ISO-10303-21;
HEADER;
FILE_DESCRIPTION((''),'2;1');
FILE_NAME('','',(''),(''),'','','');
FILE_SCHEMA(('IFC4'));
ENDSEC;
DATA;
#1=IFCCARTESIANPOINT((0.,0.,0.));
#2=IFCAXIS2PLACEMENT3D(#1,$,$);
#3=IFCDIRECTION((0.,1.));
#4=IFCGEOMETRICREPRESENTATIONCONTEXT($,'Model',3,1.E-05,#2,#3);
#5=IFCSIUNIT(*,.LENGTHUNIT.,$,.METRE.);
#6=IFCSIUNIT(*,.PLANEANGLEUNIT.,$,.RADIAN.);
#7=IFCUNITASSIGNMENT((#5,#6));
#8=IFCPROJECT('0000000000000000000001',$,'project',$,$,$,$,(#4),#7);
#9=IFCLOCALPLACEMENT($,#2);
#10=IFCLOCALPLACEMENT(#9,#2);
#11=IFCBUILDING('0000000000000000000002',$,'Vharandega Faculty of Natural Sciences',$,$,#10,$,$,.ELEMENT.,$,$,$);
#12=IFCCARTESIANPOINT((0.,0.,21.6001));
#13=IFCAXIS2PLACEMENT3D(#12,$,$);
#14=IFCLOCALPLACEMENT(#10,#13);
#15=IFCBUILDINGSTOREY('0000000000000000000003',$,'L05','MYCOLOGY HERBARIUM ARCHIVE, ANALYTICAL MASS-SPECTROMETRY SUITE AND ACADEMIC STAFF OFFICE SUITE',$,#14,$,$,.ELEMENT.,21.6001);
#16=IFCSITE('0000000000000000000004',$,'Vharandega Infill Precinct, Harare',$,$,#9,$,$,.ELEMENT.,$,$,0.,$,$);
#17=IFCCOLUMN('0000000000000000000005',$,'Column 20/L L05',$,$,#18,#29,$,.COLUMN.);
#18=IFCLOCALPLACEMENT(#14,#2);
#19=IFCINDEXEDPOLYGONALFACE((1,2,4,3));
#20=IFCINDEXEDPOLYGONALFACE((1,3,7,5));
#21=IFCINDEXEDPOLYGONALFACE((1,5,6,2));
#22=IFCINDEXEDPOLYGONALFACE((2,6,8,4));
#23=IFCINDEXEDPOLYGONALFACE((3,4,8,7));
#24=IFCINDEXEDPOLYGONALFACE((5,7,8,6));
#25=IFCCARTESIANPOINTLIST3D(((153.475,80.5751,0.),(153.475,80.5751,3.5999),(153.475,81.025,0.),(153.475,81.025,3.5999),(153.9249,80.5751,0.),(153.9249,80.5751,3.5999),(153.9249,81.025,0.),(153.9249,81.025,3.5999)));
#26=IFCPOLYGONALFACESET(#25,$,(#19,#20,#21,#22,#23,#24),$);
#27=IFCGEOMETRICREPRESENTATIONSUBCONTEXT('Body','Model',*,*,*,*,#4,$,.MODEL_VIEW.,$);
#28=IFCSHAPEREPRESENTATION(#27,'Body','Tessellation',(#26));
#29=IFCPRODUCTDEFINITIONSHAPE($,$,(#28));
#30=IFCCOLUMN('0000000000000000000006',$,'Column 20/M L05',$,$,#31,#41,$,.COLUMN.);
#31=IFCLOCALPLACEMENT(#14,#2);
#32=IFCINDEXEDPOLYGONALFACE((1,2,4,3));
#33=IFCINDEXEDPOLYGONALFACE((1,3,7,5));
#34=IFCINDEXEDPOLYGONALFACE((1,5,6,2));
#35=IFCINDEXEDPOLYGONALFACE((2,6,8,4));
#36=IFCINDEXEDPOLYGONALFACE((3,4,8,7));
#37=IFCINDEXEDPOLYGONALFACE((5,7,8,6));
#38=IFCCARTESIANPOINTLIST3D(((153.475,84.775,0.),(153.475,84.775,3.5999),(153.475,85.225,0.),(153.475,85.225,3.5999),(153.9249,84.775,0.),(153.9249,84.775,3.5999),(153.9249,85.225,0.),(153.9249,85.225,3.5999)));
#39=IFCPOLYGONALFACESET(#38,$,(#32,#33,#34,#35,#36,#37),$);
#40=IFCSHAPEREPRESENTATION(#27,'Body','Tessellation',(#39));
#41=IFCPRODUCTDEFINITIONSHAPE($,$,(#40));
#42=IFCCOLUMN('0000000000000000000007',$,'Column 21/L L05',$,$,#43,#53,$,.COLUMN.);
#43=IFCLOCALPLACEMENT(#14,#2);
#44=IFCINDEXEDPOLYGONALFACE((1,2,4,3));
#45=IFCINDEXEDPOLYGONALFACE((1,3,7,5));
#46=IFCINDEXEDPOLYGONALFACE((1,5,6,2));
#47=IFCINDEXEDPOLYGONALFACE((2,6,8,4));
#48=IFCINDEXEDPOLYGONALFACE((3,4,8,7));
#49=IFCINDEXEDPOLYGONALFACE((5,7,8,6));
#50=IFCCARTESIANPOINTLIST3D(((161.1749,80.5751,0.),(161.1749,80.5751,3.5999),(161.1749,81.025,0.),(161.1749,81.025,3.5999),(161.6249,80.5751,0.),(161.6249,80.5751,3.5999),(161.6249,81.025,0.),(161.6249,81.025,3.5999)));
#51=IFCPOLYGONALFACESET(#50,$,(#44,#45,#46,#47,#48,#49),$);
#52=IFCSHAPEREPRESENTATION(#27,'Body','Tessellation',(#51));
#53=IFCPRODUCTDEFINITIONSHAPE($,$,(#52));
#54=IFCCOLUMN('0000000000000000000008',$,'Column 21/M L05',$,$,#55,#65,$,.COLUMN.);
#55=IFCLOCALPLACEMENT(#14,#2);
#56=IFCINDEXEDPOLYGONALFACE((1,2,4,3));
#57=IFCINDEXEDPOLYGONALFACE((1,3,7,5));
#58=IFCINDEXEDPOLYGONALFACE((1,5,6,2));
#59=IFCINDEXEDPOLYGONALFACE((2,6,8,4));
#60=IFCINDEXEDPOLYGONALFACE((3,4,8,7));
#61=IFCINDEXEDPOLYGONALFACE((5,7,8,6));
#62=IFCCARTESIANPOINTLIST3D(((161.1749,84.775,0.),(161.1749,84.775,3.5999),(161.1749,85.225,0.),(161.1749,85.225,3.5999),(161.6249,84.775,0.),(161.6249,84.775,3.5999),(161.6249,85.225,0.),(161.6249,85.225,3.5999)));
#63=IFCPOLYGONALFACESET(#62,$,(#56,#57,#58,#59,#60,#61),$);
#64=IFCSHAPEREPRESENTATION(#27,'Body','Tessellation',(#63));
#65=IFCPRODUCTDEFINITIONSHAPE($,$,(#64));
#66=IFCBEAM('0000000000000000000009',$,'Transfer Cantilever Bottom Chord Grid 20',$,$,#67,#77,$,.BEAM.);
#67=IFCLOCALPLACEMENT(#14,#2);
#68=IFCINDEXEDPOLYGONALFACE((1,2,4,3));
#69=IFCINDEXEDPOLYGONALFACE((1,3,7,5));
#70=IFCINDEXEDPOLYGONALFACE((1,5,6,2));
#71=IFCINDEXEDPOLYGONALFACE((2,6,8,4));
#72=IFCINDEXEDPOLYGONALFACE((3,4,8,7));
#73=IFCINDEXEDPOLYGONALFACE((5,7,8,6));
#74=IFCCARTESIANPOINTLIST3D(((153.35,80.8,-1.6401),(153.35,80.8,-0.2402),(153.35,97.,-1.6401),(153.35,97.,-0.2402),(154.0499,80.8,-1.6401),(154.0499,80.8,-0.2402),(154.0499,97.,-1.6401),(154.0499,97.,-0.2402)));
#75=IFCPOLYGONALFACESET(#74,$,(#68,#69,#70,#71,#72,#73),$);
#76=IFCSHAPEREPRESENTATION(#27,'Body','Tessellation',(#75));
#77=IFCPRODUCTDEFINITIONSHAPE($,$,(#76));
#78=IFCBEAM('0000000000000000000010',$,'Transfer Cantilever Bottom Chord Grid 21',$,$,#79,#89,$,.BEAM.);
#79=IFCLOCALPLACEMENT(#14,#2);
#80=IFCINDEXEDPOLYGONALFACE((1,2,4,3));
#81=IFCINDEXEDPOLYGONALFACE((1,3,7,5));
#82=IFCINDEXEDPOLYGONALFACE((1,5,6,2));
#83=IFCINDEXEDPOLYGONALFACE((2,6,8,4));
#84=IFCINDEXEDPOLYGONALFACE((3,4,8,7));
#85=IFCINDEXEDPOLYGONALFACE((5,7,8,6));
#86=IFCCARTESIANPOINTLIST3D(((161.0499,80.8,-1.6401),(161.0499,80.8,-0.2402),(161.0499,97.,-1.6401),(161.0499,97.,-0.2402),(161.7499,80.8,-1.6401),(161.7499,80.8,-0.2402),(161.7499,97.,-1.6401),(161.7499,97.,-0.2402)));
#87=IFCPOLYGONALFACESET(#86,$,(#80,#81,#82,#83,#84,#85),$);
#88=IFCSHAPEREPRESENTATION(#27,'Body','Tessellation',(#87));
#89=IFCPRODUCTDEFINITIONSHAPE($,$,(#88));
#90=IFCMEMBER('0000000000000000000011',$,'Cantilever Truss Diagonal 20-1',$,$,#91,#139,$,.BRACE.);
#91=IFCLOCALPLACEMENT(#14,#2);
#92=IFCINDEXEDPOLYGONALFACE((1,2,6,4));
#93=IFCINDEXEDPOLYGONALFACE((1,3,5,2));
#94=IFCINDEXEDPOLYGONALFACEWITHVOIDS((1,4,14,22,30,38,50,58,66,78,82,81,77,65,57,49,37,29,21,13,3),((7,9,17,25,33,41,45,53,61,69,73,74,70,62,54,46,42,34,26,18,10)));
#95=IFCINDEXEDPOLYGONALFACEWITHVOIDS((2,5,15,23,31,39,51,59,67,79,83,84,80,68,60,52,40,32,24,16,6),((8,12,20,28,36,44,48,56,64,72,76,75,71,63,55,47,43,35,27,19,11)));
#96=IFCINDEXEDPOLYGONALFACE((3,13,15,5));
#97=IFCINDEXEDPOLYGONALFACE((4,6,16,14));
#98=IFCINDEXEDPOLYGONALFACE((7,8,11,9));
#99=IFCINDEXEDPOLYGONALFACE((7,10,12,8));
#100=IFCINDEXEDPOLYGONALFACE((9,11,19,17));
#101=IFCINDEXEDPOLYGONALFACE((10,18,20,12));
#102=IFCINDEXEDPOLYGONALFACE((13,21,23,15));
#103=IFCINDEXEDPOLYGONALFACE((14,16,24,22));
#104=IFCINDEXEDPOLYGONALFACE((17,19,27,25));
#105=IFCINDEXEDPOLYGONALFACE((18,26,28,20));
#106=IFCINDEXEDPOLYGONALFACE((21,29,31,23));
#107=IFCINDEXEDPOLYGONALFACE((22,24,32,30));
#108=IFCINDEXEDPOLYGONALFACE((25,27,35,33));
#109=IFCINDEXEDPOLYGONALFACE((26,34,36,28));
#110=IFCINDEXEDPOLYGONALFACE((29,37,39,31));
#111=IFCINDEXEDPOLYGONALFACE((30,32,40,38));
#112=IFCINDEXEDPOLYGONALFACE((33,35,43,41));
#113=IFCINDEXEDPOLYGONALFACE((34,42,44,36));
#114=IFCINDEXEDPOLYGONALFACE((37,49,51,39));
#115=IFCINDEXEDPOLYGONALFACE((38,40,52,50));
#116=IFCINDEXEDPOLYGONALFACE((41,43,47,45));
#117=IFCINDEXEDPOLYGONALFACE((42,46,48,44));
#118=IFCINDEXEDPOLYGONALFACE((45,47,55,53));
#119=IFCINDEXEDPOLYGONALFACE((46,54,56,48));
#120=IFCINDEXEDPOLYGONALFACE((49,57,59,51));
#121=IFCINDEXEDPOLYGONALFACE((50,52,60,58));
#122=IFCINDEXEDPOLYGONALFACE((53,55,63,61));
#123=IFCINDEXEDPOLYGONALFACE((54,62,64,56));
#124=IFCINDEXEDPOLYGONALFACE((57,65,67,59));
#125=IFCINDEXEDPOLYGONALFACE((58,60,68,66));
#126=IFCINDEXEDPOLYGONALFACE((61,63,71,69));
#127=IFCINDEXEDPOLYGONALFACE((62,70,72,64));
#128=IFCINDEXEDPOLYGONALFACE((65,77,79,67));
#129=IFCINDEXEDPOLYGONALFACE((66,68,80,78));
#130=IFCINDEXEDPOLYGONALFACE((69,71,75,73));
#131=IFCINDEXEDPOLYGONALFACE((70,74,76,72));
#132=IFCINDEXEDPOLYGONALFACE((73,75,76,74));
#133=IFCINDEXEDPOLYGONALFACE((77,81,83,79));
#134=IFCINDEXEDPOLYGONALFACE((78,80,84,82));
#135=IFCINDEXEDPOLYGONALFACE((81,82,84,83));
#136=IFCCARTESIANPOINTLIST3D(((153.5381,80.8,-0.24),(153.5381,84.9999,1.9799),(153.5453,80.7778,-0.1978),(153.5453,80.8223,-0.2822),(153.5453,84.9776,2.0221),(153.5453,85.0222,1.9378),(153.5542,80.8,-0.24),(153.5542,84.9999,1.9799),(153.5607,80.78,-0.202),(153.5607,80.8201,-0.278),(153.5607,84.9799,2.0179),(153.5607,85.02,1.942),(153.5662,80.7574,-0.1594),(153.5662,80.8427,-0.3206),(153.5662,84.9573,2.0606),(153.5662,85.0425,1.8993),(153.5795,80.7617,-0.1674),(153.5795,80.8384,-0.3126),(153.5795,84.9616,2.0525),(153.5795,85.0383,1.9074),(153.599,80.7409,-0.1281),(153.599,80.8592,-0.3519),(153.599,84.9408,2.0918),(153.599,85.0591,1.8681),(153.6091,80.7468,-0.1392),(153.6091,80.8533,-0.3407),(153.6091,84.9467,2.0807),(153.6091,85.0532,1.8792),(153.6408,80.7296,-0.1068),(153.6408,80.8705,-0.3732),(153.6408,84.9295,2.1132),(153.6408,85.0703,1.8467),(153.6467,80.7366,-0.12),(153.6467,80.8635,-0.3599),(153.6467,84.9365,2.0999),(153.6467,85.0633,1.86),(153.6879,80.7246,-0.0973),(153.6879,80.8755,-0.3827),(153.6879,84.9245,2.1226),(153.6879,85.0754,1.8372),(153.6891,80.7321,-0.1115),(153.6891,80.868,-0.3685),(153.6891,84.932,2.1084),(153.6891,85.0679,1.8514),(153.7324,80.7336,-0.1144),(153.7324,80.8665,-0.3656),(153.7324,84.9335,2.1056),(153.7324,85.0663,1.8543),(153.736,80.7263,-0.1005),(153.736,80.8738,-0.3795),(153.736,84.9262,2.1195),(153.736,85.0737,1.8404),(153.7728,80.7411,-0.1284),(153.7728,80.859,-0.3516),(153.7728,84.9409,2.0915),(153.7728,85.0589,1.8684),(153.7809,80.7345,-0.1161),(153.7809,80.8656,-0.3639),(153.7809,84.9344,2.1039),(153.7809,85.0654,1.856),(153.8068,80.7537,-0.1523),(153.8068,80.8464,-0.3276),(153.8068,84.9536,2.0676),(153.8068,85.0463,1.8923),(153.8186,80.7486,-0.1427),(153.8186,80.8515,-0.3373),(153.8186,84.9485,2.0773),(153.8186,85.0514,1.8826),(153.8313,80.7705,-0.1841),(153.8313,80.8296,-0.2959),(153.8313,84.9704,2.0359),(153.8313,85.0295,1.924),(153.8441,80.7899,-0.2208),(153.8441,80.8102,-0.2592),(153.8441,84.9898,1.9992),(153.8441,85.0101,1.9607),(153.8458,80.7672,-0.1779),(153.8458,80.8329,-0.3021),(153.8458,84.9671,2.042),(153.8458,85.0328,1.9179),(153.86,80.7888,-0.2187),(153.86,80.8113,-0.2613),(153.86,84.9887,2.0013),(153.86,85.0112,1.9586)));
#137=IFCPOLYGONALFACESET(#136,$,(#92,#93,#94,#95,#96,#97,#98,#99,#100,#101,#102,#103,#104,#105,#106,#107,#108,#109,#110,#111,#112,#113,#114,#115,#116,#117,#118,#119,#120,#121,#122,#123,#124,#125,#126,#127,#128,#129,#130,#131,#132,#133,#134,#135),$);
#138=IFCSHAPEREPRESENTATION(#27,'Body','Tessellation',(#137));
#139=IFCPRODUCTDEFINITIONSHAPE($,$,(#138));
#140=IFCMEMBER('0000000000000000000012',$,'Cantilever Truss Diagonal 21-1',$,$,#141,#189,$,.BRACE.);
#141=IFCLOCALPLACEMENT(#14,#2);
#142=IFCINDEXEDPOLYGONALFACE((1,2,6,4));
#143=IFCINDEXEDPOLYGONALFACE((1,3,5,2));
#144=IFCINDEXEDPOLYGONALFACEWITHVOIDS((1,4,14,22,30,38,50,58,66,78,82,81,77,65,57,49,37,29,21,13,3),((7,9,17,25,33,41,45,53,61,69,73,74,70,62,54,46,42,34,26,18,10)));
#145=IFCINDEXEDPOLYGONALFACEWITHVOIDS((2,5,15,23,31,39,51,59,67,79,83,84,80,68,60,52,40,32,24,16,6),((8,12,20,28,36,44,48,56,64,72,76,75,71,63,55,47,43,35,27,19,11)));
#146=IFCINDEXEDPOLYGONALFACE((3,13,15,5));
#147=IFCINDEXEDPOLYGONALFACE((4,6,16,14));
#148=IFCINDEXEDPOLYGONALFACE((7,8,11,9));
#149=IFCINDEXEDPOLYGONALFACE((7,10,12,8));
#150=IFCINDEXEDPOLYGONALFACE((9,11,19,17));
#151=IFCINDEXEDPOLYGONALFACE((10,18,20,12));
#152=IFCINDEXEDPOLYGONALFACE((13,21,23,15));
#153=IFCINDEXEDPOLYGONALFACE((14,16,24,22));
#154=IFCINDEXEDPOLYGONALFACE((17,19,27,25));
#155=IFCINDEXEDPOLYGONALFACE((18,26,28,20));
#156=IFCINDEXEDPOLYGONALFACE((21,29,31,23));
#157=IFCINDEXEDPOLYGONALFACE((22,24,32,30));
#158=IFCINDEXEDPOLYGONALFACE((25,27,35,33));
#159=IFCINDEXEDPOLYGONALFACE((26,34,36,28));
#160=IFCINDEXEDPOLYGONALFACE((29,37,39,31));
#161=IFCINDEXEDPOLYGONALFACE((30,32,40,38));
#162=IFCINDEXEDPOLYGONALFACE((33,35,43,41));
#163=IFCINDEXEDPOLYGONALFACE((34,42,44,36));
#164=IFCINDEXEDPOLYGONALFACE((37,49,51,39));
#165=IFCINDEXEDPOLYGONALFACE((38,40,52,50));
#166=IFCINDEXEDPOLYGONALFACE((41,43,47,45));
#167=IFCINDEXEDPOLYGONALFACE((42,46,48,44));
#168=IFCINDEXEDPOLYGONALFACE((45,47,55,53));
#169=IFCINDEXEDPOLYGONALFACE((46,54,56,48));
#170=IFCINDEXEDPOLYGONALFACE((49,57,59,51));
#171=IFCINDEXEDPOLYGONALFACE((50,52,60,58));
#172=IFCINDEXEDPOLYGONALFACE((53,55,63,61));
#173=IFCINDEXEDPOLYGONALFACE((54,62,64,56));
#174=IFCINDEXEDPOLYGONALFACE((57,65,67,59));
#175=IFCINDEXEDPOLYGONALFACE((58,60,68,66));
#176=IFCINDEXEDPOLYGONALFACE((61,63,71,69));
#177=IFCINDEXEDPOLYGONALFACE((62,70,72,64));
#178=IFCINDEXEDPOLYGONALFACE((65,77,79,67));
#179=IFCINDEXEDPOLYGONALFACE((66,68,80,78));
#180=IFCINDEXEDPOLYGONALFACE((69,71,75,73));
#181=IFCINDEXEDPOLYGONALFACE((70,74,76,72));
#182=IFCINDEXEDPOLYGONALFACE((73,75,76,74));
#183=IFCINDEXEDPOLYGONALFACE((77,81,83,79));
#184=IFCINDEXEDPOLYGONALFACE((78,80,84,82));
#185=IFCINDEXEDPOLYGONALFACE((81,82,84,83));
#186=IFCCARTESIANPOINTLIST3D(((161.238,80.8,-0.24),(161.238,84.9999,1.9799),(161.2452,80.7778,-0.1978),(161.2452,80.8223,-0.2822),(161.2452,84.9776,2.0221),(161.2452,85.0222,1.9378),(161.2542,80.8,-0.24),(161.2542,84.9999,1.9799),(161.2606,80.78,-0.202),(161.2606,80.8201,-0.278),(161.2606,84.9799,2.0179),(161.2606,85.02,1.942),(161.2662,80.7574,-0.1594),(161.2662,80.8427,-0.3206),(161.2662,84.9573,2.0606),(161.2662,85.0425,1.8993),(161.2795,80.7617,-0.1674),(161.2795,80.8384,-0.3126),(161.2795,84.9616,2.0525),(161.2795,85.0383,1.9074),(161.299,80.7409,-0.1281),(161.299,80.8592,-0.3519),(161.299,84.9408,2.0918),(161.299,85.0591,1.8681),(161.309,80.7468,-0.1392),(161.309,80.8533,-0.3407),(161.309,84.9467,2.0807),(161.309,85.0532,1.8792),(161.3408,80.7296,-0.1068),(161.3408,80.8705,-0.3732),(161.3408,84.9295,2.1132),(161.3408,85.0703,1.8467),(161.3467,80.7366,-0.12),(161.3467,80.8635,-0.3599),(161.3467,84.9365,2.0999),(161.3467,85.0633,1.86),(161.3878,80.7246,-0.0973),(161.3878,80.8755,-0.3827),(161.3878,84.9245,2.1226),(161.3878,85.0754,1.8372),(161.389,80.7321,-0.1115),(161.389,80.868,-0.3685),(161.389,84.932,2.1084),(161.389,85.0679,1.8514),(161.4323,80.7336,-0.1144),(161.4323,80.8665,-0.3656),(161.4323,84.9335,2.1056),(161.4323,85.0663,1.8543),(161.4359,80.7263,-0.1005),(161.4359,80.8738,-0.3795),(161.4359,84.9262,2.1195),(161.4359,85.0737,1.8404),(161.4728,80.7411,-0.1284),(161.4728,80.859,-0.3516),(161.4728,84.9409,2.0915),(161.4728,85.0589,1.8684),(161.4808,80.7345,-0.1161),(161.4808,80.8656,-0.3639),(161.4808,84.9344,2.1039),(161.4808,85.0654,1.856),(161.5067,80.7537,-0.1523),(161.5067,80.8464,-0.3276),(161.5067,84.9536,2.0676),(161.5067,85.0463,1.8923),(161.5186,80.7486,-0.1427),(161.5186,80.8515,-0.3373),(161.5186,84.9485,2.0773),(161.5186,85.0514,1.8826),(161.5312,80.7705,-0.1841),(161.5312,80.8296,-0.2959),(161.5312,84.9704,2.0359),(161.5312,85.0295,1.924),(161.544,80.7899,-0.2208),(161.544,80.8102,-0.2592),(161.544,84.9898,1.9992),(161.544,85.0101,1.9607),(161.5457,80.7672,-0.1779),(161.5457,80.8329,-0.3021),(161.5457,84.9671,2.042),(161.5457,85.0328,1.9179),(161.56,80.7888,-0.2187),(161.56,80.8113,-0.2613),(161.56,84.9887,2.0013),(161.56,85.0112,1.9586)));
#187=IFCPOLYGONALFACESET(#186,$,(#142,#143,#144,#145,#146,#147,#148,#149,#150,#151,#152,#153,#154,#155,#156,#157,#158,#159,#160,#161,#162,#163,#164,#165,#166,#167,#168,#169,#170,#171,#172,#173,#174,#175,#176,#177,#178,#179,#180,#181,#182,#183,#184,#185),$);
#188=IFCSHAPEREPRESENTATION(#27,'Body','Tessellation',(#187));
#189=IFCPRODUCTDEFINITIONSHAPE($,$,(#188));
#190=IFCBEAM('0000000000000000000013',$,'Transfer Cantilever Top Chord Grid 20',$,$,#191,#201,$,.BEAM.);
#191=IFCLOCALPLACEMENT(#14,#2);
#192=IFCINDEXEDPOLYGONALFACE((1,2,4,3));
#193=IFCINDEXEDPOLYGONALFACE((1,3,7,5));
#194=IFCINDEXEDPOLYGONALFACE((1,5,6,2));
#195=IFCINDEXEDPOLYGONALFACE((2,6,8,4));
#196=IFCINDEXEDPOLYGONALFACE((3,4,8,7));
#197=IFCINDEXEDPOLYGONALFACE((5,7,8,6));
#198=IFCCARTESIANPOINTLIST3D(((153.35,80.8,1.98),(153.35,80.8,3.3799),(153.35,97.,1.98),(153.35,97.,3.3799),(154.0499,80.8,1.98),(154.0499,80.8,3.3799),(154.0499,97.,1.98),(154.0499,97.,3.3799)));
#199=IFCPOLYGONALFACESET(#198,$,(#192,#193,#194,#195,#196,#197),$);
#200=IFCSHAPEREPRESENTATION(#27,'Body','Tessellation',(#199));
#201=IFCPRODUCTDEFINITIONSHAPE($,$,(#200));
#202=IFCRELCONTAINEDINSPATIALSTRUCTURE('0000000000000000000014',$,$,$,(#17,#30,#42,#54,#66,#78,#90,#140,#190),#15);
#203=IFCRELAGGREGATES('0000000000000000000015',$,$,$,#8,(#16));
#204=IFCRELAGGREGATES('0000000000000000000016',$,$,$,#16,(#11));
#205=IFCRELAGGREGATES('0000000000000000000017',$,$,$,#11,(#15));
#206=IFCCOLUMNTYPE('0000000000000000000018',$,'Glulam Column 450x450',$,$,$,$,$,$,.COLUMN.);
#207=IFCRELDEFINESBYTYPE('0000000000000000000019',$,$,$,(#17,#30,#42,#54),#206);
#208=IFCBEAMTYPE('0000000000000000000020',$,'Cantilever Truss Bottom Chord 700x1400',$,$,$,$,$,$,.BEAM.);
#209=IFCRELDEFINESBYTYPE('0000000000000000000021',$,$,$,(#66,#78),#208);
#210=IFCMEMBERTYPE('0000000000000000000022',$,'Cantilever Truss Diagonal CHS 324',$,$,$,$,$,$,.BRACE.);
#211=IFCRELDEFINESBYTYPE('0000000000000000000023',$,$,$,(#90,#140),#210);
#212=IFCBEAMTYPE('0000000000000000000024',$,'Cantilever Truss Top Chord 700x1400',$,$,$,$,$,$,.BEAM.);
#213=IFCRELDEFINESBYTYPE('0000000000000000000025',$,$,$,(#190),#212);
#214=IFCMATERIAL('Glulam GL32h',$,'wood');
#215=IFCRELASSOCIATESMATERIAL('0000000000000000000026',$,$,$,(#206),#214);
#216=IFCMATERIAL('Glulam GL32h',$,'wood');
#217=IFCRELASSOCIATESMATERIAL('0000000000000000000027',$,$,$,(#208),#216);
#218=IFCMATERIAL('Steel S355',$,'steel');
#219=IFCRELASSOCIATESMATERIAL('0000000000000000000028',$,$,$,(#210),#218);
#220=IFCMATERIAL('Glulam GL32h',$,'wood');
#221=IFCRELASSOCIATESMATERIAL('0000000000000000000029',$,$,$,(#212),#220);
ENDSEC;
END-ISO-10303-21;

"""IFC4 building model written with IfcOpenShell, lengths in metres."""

from ifc_helpers import new_model, si_unit, direction, frame, origin, origin_2d, place, context, subcontext, project, spatial, rectangle, hollow_circle, extrude, material, material_profile, profile_set, type_object, element, save


model = new_model("IFC4")

# Units and contexts
model_context = context("Model", 3, precision=1e-05, world=origin(), true_north=direction((0.0, 1.0)))
body_context = subcontext(model_context, "Body", "Model", "MODEL_VIEW")
ifc_project = project(units=[si_unit("LENGTHUNIT", "METRE"), si_unit("PLANEANGLEUNIT", "RADIAN")], contexts=[model_context])

# Site, building, storey
site_placement = place(None, origin())
site = spatial("IfcSite", under=ifc_project, at=site_placement, Name="Vharandega Infill Precinct, Harare", CompositionType="ELEMENT", RefElevation=0.0)
building_placement = place(site_placement, origin())
building = spatial("IfcBuilding", under=site, at=building_placement, Name="Vharandega Faculty of Natural Sciences", CompositionType="ELEMENT")
storey_placement = place(building_placement, frame((0.0, 0.0, 21.6001)))
storey = spatial("IfcBuildingStorey", under=building, at=storey_placement, Name="L05", Description="MYCOLOGY HERBARIUM ARCHIVE, ANALYTICAL MASS-SPECTROMETRY SUITE AND ACADEMIC STAFF OFFICE SUITE", CompositionType="ELEMENT", Elevation=21.6001)

# Columns
ifc_material_1 = material(Name="Glulam GL32h", Category="wood")
ifc_material_profile_1 = material_profile(ifc_material_1, rectangle(XDim=0.45, YDim=0.45, at=origin_2d()), Name="GL32h 450x450")
ifc_profile_set_1 = profile_set([ifc_material_profile_1], Name="Glulam GL32h")
column_type = type_object("IfcColumnType", Name="Glulam Column 450x450", PredefinedType="COLUMN", material=ifc_profile_set_1)
for number, where, z_axis, x_axis, name in (
    (1, (153.7, 80.8, 0.0), (0.0, 0.0, 1.0), (1.0, 0.0, 0.0), "Column 20/L L05"),
    (2, (153.7, 85.0, 0.0), (0.0, 0.0, 1.0), (1.0, 0.0, 0.0), "Column 20/M L05"),
    (3, (161.3999, 80.8, 0.0), (0.0, 0.0, 1.0), (1.0, 0.0, 0.0), "Column 21/L L05"),
    (4, (161.3999, 85.0, 0.0), (0.0, 0.0, 1.0), (1.0, 0.0, 0.0), "Column 21/M L05"),
):
    element("IfcColumn", number, at=place(storey_placement, frame(where, z_axis=z_axis, x_axis=x_axis)), inside=storey, type_object=column_type, Name=name, PredefinedType="COLUMN", context=body_context, shape_type="SweptSolid", body=[
        extrude(rectangle(XDim=0.45, YDim=0.45, at=origin_2d()), origin(), (0.0, 0.0, 1.0), 3.5999),
    ])

# Beams
ifc_material_2 = material(Name="Glulam GL32h", Category="wood")
ifc_material_profile_2 = material_profile(ifc_material_2, rectangle(XDim=0.7, YDim=1.3999, at=origin_2d()), Name="GL32h 700x1400")
ifc_profile_set_2 = profile_set([ifc_material_profile_2], Name="Glulam GL32h")
beam_type_1 = type_object("IfcBeamType", Name="Cantilever Truss Bottom Chord 700x1400", PredefinedType="BEAM", material=ifc_profile_set_2)
for number, where, z_axis, x_axis, name in (
    (5, (153.7, 80.8, -0.9402), (0.0, 1.0, 0.0), (-1.0, 0.0, 0.0), "Transfer Cantilever Bottom Chord Grid 20"),
    (6, (161.3999, 80.8, -0.9402), (0.0, 1.0, 0.0), (-1.0, 0.0, 0.0), "Transfer Cantilever Bottom Chord Grid 21"),
):
    element("IfcBeam", number, at=place(storey_placement, frame(where, z_axis=z_axis, x_axis=x_axis)), inside=storey, type_object=beam_type_1, Name=name, PredefinedType="BEAM", context=body_context, shape_type="SweptSolid", body=[
        extrude(rectangle(XDim=0.7, YDim=1.3999, at=origin_2d()), origin(), (0.0, 0.0, 1.0), 16.2),
    ])

# Members
ifc_material_3 = material(Name="Steel S355", Category="steel")
ifc_material_profile_3 = material_profile(ifc_material_3, hollow_circle(Radius=0.1619, WallThickness=0.0161, at=origin_2d()), Name="CHS 323.9x16")
ifc_profile_set_3 = profile_set([ifc_material_profile_3], Name="Steel S355")
member_type_1 = type_object("IfcMemberType", Name="Cantilever Truss Diagonal CHS 324", PredefinedType="BRACE", material=ifc_profile_set_3)
for number, where, z_axis, x_axis, name in (
    (7, (153.7, 80.8, -0.24), (0.0, 0.884095, 0.467307), (-1.0, 0.0, 0.0), "Cantilever Truss Diagonal 20-1"),
    (8, (161.3999, 80.8, -0.24), (0.0, 0.884095, 0.467307), (-1.0, 0.0, 0.0), "Cantilever Truss Diagonal 21-1"),
):
    element("IfcMember", number, at=place(storey_placement, frame(where, z_axis=z_axis, x_axis=x_axis)), inside=storey, type_object=member_type_1, Name=name, PredefinedType="BRACE", context=body_context, shape_type="SweptSolid", body=[
        extrude(hollow_circle(Radius=0.1619, WallThickness=0.0161, at=origin_2d()), origin(), (0.0, 0.0, 1.0), 4.7505),
    ])

# Beam
ifc_material_4 = material(Name="Glulam GL32h", Category="wood")
ifc_material_profile_4 = material_profile(ifc_material_4, rectangle(XDim=0.7, YDim=1.3999, at=origin_2d()), Name="GL32h 700x1400")
ifc_profile_set_4 = profile_set([ifc_material_profile_4], Name="Glulam GL32h")
beam_type_2 = type_object("IfcBeamType", Name="Cantilever Truss Top Chord 700x1400", PredefinedType="BEAM", material=ifc_profile_set_4)
for number, where, z_axis, x_axis, name in (
    (9, (153.7, 80.8, 2.6799), (0.0, 1.0, 0.0), (-1.0, 0.0, 0.0), "Transfer Cantilever Top Chord Grid 20"),
):
    element("IfcBeam", number, at=place(storey_placement, frame(where, z_axis=z_axis, x_axis=x_axis)), inside=storey, type_object=beam_type_2, Name=name, PredefinedType="BEAM", context=body_context, shape_type="SweptSolid", body=[
        extrude(rectangle(XDim=0.7, YDim=1.3999, at=origin_2d()), origin(), (0.0, 0.0, 1.0), 16.2),
    ])

save(model, "model.ifc")
